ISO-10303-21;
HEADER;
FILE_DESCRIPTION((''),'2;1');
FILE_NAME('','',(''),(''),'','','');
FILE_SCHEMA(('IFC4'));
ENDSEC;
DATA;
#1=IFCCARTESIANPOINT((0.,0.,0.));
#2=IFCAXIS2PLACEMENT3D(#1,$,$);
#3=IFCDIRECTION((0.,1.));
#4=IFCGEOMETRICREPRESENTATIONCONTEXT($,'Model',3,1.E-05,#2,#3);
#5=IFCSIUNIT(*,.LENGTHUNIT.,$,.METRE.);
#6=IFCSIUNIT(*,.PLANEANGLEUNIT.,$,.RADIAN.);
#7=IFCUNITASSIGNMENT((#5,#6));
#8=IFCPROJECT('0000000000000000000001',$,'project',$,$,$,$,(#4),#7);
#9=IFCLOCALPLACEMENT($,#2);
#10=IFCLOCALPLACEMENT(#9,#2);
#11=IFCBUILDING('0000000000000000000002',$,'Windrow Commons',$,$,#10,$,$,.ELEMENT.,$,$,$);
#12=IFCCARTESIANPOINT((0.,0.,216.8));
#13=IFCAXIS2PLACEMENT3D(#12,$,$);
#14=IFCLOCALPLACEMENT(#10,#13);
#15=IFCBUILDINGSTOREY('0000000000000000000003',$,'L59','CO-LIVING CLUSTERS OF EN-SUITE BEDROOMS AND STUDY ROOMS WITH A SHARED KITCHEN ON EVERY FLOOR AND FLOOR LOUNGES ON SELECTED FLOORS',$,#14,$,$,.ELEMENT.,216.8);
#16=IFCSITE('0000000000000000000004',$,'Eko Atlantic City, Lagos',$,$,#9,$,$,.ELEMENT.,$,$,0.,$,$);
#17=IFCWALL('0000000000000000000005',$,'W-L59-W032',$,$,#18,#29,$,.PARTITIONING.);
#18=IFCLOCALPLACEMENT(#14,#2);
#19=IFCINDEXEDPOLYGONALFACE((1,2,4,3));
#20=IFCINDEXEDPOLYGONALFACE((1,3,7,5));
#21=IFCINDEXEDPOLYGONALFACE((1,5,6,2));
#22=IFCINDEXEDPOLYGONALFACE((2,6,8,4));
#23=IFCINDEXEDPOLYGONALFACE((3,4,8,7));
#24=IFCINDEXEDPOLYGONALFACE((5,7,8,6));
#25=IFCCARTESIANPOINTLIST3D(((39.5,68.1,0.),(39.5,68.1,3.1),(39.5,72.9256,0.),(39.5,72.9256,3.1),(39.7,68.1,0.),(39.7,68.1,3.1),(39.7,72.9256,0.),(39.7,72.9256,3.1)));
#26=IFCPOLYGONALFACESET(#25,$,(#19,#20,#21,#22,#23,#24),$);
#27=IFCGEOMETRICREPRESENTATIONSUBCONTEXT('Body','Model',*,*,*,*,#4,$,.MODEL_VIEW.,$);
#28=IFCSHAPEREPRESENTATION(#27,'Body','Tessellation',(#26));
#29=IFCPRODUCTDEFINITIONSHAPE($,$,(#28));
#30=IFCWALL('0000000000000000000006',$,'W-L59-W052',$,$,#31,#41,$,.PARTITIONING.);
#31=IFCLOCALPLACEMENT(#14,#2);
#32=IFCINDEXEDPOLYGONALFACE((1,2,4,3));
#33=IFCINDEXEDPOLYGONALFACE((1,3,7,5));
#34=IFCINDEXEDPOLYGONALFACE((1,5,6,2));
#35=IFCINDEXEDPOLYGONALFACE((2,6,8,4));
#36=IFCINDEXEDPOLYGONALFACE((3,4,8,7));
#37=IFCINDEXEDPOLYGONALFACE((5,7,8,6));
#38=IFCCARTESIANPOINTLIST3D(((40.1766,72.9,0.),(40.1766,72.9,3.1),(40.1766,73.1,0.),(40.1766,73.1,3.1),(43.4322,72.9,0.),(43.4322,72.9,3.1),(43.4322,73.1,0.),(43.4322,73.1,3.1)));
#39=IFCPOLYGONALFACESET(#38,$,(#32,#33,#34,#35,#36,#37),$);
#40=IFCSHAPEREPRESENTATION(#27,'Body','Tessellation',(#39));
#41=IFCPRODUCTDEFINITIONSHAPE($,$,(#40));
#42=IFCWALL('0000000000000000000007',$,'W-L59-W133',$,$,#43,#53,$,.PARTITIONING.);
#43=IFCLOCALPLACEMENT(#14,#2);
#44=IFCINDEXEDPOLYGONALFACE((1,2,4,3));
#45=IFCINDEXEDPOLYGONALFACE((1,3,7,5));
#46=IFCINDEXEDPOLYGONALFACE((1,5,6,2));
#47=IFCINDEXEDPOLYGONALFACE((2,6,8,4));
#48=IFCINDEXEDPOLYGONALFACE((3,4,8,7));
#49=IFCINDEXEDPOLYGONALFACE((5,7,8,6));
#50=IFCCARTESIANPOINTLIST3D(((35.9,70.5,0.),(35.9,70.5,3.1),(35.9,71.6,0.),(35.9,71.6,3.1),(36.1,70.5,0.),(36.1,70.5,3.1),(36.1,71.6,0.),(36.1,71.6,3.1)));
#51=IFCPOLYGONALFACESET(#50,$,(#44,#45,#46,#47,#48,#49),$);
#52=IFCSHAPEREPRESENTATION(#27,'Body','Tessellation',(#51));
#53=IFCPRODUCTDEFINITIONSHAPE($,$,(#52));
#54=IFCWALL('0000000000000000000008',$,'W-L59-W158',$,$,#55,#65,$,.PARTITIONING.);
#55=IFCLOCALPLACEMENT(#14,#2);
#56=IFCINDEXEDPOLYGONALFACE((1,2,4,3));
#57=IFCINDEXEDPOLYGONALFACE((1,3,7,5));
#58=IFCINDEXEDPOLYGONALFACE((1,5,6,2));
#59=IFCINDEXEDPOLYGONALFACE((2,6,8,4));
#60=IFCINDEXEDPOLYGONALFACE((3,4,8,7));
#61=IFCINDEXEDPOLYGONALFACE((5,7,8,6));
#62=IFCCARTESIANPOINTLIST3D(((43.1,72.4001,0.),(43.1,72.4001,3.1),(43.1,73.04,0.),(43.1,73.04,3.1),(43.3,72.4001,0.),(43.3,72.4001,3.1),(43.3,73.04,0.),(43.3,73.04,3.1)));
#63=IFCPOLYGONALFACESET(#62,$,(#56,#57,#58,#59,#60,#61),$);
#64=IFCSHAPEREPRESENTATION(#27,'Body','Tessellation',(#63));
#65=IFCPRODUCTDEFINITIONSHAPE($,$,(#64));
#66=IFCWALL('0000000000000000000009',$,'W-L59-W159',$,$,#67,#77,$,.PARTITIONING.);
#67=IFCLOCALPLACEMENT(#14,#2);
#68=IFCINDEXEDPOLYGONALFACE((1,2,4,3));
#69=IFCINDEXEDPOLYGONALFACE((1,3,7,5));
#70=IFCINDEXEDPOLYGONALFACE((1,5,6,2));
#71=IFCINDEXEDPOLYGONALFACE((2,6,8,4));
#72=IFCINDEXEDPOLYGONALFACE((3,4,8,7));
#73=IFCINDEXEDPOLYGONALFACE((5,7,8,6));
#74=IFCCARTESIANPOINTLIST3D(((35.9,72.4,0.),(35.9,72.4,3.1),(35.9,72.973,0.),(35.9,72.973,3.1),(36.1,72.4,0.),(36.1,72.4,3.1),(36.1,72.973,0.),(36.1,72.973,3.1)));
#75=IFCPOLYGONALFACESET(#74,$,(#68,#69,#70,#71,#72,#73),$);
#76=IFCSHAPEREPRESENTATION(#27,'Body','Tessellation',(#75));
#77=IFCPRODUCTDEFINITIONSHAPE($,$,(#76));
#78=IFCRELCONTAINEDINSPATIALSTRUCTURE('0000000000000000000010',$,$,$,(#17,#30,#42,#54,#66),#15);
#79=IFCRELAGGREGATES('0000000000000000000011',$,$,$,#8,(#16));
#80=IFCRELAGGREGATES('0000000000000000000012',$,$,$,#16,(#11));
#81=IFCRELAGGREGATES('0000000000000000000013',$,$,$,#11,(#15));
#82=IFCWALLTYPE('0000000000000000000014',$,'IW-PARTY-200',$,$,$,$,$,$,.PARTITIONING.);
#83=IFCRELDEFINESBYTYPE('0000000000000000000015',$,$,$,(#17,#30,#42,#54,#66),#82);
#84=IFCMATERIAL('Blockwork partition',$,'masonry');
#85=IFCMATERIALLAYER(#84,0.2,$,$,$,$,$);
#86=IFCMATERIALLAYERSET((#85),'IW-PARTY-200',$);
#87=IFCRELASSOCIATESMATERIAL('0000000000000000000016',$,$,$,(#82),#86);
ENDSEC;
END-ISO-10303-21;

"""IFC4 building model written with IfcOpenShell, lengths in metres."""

from ifc_helpers import new_model, si_unit, direction, frame, frame_2d, origin, place, context, subcontext, project, spatial, rectangle, extrude, material, layer, layer_set, type_object, element, save


model = new_model("IFC4")

# Units and contexts
model_context = context("Model", 3, precision=1e-05, world=origin(), true_north=direction((0.0, 1.0)))
body_context = subcontext(model_context, "Body", "Model", "MODEL_VIEW")
ifc_project = project(units=[si_unit("LENGTHUNIT", "METRE"), si_unit("PLANEANGLEUNIT", "RADIAN")], contexts=[model_context])

# Site, building, storey
site_placement = place(None, origin())
site = spatial("IfcSite", under=ifc_project, at=site_placement, Name="Eko Atlantic City, Lagos", CompositionType="ELEMENT", RefElevation=0.0)
building_placement = place(site_placement, origin())
building = spatial("IfcBuilding", under=site, at=building_placement, Name="Windrow Commons", CompositionType="ELEMENT")
storey_placement = place(building_placement, frame((0.0, 0.0, 216.8)))
storey = spatial("IfcBuildingStorey", under=building, at=storey_placement, Name="L59", Description="CO-LIVING CLUSTERS OF EN-SUITE BEDROOMS AND STUDY ROOMS WITH A SHARED KITCHEN ON EVERY FLOOR AND FLOOR LOUNGES ON SELECTED FLOORS", CompositionType="ELEMENT", Elevation=216.8)

# Walls
ifc_material_1 = material(Name="Blockwork partition", Category="masonry")
ifc_layer_1 = layer(ifc_material_1, 0.2)
ifc_layer_set_1 = layer_set([ifc_layer_1], Name="IW-PARTY-200")
wall_type_1 = type_object("IfcWallType", Name="IW-PARTY-200", PredefinedType="PARTITIONING", material=ifc_layer_set_1)
wall_1_placement = place(storey_placement, frame((39.6, 68.1, 0.0), z_axis=(0.0, 0.0, 1.0), x_axis=(0.0, 1.0, 0.0)))
element("IfcWall", 1, at=wall_1_placement, inside=storey, type_object=wall_type_1, Name="W-L59-W032", PredefinedType="PARTITIONING", context=body_context, shape_type="SweptSolid", body=[
    extrude(rectangle(XDim=4.8256, YDim=0.2, at=frame_2d((2.4128, 0.0))), origin(), (0.0, 0.0, 1.0), 3.1),
])
wall_2_placement = place(storey_placement, frame((40.1765, 73.0, 0.0), z_axis=(0.0, 0.0, 1.0), x_axis=(1.0, 0.0, 0.0)))
element("IfcWall", 2, at=wall_2_placement, inside=storey, type_object=wall_type_1, Name="W-L59-W052", PredefinedType="PARTITIONING", context=body_context, shape_type="SweptSolid", body=[
    extrude(rectangle(XDim=3.2557, YDim=0.2, at=frame_2d((1.6279, 0.0))), origin(), (0.0, 0.0, 1.0), 3.1),
])
wall_3_placement = place(storey_placement, frame((36.0, 70.5, 0.0), z_axis=(0.0, 0.0, 1.0), x_axis=(0.0, 1.0, 0.0)))
element("IfcWall", 3, at=wall_3_placement, inside=storey, type_object=wall_type_1, Name="W-L59-W133", PredefinedType="PARTITIONING", context=body_context, shape_type="SweptSolid", body=[
    extrude(rectangle(XDim=1.1, YDim=0.2, at=frame_2d((0.55, 0.0))), origin(), (0.0, 0.0, 1.0), 3.1),
])
wall_4_placement = place(storey_placement, frame((43.2, 72.4, 0.0), z_axis=(0.0, 0.0, 1.0), x_axis=(0.0, 1.0, 0.0)))
element("IfcWall", 4, at=wall_4_placement, inside=storey, type_object=wall_type_1, Name="W-L59-W158", PredefinedType="PARTITIONING", context=body_context, shape_type="SweptSolid", body=[
    extrude(rectangle(XDim=0.6399, YDim=0.2, at=frame_2d((0.32, 0.0))), origin(), (0.0, 0.0, 1.0), 3.1),
])
wall_5_placement = place(storey_placement, frame((36.0, 72.4, 0.0), z_axis=(0.0, 0.0, 1.0), x_axis=(0.0, 1.0, 0.0)))
element("IfcWall", 5, at=wall_5_placement, inside=storey, type_object=wall_type_1, Name="W-L59-W159", PredefinedType="PARTITIONING", context=body_context, shape_type="SweptSolid", body=[
    extrude(rectangle(XDim=0.573, YDim=0.2, at=frame_2d((0.2865, 0.0))), origin(), (0.0, 0.0, 1.0), 3.1),
])

save(model, "model.ifc")
